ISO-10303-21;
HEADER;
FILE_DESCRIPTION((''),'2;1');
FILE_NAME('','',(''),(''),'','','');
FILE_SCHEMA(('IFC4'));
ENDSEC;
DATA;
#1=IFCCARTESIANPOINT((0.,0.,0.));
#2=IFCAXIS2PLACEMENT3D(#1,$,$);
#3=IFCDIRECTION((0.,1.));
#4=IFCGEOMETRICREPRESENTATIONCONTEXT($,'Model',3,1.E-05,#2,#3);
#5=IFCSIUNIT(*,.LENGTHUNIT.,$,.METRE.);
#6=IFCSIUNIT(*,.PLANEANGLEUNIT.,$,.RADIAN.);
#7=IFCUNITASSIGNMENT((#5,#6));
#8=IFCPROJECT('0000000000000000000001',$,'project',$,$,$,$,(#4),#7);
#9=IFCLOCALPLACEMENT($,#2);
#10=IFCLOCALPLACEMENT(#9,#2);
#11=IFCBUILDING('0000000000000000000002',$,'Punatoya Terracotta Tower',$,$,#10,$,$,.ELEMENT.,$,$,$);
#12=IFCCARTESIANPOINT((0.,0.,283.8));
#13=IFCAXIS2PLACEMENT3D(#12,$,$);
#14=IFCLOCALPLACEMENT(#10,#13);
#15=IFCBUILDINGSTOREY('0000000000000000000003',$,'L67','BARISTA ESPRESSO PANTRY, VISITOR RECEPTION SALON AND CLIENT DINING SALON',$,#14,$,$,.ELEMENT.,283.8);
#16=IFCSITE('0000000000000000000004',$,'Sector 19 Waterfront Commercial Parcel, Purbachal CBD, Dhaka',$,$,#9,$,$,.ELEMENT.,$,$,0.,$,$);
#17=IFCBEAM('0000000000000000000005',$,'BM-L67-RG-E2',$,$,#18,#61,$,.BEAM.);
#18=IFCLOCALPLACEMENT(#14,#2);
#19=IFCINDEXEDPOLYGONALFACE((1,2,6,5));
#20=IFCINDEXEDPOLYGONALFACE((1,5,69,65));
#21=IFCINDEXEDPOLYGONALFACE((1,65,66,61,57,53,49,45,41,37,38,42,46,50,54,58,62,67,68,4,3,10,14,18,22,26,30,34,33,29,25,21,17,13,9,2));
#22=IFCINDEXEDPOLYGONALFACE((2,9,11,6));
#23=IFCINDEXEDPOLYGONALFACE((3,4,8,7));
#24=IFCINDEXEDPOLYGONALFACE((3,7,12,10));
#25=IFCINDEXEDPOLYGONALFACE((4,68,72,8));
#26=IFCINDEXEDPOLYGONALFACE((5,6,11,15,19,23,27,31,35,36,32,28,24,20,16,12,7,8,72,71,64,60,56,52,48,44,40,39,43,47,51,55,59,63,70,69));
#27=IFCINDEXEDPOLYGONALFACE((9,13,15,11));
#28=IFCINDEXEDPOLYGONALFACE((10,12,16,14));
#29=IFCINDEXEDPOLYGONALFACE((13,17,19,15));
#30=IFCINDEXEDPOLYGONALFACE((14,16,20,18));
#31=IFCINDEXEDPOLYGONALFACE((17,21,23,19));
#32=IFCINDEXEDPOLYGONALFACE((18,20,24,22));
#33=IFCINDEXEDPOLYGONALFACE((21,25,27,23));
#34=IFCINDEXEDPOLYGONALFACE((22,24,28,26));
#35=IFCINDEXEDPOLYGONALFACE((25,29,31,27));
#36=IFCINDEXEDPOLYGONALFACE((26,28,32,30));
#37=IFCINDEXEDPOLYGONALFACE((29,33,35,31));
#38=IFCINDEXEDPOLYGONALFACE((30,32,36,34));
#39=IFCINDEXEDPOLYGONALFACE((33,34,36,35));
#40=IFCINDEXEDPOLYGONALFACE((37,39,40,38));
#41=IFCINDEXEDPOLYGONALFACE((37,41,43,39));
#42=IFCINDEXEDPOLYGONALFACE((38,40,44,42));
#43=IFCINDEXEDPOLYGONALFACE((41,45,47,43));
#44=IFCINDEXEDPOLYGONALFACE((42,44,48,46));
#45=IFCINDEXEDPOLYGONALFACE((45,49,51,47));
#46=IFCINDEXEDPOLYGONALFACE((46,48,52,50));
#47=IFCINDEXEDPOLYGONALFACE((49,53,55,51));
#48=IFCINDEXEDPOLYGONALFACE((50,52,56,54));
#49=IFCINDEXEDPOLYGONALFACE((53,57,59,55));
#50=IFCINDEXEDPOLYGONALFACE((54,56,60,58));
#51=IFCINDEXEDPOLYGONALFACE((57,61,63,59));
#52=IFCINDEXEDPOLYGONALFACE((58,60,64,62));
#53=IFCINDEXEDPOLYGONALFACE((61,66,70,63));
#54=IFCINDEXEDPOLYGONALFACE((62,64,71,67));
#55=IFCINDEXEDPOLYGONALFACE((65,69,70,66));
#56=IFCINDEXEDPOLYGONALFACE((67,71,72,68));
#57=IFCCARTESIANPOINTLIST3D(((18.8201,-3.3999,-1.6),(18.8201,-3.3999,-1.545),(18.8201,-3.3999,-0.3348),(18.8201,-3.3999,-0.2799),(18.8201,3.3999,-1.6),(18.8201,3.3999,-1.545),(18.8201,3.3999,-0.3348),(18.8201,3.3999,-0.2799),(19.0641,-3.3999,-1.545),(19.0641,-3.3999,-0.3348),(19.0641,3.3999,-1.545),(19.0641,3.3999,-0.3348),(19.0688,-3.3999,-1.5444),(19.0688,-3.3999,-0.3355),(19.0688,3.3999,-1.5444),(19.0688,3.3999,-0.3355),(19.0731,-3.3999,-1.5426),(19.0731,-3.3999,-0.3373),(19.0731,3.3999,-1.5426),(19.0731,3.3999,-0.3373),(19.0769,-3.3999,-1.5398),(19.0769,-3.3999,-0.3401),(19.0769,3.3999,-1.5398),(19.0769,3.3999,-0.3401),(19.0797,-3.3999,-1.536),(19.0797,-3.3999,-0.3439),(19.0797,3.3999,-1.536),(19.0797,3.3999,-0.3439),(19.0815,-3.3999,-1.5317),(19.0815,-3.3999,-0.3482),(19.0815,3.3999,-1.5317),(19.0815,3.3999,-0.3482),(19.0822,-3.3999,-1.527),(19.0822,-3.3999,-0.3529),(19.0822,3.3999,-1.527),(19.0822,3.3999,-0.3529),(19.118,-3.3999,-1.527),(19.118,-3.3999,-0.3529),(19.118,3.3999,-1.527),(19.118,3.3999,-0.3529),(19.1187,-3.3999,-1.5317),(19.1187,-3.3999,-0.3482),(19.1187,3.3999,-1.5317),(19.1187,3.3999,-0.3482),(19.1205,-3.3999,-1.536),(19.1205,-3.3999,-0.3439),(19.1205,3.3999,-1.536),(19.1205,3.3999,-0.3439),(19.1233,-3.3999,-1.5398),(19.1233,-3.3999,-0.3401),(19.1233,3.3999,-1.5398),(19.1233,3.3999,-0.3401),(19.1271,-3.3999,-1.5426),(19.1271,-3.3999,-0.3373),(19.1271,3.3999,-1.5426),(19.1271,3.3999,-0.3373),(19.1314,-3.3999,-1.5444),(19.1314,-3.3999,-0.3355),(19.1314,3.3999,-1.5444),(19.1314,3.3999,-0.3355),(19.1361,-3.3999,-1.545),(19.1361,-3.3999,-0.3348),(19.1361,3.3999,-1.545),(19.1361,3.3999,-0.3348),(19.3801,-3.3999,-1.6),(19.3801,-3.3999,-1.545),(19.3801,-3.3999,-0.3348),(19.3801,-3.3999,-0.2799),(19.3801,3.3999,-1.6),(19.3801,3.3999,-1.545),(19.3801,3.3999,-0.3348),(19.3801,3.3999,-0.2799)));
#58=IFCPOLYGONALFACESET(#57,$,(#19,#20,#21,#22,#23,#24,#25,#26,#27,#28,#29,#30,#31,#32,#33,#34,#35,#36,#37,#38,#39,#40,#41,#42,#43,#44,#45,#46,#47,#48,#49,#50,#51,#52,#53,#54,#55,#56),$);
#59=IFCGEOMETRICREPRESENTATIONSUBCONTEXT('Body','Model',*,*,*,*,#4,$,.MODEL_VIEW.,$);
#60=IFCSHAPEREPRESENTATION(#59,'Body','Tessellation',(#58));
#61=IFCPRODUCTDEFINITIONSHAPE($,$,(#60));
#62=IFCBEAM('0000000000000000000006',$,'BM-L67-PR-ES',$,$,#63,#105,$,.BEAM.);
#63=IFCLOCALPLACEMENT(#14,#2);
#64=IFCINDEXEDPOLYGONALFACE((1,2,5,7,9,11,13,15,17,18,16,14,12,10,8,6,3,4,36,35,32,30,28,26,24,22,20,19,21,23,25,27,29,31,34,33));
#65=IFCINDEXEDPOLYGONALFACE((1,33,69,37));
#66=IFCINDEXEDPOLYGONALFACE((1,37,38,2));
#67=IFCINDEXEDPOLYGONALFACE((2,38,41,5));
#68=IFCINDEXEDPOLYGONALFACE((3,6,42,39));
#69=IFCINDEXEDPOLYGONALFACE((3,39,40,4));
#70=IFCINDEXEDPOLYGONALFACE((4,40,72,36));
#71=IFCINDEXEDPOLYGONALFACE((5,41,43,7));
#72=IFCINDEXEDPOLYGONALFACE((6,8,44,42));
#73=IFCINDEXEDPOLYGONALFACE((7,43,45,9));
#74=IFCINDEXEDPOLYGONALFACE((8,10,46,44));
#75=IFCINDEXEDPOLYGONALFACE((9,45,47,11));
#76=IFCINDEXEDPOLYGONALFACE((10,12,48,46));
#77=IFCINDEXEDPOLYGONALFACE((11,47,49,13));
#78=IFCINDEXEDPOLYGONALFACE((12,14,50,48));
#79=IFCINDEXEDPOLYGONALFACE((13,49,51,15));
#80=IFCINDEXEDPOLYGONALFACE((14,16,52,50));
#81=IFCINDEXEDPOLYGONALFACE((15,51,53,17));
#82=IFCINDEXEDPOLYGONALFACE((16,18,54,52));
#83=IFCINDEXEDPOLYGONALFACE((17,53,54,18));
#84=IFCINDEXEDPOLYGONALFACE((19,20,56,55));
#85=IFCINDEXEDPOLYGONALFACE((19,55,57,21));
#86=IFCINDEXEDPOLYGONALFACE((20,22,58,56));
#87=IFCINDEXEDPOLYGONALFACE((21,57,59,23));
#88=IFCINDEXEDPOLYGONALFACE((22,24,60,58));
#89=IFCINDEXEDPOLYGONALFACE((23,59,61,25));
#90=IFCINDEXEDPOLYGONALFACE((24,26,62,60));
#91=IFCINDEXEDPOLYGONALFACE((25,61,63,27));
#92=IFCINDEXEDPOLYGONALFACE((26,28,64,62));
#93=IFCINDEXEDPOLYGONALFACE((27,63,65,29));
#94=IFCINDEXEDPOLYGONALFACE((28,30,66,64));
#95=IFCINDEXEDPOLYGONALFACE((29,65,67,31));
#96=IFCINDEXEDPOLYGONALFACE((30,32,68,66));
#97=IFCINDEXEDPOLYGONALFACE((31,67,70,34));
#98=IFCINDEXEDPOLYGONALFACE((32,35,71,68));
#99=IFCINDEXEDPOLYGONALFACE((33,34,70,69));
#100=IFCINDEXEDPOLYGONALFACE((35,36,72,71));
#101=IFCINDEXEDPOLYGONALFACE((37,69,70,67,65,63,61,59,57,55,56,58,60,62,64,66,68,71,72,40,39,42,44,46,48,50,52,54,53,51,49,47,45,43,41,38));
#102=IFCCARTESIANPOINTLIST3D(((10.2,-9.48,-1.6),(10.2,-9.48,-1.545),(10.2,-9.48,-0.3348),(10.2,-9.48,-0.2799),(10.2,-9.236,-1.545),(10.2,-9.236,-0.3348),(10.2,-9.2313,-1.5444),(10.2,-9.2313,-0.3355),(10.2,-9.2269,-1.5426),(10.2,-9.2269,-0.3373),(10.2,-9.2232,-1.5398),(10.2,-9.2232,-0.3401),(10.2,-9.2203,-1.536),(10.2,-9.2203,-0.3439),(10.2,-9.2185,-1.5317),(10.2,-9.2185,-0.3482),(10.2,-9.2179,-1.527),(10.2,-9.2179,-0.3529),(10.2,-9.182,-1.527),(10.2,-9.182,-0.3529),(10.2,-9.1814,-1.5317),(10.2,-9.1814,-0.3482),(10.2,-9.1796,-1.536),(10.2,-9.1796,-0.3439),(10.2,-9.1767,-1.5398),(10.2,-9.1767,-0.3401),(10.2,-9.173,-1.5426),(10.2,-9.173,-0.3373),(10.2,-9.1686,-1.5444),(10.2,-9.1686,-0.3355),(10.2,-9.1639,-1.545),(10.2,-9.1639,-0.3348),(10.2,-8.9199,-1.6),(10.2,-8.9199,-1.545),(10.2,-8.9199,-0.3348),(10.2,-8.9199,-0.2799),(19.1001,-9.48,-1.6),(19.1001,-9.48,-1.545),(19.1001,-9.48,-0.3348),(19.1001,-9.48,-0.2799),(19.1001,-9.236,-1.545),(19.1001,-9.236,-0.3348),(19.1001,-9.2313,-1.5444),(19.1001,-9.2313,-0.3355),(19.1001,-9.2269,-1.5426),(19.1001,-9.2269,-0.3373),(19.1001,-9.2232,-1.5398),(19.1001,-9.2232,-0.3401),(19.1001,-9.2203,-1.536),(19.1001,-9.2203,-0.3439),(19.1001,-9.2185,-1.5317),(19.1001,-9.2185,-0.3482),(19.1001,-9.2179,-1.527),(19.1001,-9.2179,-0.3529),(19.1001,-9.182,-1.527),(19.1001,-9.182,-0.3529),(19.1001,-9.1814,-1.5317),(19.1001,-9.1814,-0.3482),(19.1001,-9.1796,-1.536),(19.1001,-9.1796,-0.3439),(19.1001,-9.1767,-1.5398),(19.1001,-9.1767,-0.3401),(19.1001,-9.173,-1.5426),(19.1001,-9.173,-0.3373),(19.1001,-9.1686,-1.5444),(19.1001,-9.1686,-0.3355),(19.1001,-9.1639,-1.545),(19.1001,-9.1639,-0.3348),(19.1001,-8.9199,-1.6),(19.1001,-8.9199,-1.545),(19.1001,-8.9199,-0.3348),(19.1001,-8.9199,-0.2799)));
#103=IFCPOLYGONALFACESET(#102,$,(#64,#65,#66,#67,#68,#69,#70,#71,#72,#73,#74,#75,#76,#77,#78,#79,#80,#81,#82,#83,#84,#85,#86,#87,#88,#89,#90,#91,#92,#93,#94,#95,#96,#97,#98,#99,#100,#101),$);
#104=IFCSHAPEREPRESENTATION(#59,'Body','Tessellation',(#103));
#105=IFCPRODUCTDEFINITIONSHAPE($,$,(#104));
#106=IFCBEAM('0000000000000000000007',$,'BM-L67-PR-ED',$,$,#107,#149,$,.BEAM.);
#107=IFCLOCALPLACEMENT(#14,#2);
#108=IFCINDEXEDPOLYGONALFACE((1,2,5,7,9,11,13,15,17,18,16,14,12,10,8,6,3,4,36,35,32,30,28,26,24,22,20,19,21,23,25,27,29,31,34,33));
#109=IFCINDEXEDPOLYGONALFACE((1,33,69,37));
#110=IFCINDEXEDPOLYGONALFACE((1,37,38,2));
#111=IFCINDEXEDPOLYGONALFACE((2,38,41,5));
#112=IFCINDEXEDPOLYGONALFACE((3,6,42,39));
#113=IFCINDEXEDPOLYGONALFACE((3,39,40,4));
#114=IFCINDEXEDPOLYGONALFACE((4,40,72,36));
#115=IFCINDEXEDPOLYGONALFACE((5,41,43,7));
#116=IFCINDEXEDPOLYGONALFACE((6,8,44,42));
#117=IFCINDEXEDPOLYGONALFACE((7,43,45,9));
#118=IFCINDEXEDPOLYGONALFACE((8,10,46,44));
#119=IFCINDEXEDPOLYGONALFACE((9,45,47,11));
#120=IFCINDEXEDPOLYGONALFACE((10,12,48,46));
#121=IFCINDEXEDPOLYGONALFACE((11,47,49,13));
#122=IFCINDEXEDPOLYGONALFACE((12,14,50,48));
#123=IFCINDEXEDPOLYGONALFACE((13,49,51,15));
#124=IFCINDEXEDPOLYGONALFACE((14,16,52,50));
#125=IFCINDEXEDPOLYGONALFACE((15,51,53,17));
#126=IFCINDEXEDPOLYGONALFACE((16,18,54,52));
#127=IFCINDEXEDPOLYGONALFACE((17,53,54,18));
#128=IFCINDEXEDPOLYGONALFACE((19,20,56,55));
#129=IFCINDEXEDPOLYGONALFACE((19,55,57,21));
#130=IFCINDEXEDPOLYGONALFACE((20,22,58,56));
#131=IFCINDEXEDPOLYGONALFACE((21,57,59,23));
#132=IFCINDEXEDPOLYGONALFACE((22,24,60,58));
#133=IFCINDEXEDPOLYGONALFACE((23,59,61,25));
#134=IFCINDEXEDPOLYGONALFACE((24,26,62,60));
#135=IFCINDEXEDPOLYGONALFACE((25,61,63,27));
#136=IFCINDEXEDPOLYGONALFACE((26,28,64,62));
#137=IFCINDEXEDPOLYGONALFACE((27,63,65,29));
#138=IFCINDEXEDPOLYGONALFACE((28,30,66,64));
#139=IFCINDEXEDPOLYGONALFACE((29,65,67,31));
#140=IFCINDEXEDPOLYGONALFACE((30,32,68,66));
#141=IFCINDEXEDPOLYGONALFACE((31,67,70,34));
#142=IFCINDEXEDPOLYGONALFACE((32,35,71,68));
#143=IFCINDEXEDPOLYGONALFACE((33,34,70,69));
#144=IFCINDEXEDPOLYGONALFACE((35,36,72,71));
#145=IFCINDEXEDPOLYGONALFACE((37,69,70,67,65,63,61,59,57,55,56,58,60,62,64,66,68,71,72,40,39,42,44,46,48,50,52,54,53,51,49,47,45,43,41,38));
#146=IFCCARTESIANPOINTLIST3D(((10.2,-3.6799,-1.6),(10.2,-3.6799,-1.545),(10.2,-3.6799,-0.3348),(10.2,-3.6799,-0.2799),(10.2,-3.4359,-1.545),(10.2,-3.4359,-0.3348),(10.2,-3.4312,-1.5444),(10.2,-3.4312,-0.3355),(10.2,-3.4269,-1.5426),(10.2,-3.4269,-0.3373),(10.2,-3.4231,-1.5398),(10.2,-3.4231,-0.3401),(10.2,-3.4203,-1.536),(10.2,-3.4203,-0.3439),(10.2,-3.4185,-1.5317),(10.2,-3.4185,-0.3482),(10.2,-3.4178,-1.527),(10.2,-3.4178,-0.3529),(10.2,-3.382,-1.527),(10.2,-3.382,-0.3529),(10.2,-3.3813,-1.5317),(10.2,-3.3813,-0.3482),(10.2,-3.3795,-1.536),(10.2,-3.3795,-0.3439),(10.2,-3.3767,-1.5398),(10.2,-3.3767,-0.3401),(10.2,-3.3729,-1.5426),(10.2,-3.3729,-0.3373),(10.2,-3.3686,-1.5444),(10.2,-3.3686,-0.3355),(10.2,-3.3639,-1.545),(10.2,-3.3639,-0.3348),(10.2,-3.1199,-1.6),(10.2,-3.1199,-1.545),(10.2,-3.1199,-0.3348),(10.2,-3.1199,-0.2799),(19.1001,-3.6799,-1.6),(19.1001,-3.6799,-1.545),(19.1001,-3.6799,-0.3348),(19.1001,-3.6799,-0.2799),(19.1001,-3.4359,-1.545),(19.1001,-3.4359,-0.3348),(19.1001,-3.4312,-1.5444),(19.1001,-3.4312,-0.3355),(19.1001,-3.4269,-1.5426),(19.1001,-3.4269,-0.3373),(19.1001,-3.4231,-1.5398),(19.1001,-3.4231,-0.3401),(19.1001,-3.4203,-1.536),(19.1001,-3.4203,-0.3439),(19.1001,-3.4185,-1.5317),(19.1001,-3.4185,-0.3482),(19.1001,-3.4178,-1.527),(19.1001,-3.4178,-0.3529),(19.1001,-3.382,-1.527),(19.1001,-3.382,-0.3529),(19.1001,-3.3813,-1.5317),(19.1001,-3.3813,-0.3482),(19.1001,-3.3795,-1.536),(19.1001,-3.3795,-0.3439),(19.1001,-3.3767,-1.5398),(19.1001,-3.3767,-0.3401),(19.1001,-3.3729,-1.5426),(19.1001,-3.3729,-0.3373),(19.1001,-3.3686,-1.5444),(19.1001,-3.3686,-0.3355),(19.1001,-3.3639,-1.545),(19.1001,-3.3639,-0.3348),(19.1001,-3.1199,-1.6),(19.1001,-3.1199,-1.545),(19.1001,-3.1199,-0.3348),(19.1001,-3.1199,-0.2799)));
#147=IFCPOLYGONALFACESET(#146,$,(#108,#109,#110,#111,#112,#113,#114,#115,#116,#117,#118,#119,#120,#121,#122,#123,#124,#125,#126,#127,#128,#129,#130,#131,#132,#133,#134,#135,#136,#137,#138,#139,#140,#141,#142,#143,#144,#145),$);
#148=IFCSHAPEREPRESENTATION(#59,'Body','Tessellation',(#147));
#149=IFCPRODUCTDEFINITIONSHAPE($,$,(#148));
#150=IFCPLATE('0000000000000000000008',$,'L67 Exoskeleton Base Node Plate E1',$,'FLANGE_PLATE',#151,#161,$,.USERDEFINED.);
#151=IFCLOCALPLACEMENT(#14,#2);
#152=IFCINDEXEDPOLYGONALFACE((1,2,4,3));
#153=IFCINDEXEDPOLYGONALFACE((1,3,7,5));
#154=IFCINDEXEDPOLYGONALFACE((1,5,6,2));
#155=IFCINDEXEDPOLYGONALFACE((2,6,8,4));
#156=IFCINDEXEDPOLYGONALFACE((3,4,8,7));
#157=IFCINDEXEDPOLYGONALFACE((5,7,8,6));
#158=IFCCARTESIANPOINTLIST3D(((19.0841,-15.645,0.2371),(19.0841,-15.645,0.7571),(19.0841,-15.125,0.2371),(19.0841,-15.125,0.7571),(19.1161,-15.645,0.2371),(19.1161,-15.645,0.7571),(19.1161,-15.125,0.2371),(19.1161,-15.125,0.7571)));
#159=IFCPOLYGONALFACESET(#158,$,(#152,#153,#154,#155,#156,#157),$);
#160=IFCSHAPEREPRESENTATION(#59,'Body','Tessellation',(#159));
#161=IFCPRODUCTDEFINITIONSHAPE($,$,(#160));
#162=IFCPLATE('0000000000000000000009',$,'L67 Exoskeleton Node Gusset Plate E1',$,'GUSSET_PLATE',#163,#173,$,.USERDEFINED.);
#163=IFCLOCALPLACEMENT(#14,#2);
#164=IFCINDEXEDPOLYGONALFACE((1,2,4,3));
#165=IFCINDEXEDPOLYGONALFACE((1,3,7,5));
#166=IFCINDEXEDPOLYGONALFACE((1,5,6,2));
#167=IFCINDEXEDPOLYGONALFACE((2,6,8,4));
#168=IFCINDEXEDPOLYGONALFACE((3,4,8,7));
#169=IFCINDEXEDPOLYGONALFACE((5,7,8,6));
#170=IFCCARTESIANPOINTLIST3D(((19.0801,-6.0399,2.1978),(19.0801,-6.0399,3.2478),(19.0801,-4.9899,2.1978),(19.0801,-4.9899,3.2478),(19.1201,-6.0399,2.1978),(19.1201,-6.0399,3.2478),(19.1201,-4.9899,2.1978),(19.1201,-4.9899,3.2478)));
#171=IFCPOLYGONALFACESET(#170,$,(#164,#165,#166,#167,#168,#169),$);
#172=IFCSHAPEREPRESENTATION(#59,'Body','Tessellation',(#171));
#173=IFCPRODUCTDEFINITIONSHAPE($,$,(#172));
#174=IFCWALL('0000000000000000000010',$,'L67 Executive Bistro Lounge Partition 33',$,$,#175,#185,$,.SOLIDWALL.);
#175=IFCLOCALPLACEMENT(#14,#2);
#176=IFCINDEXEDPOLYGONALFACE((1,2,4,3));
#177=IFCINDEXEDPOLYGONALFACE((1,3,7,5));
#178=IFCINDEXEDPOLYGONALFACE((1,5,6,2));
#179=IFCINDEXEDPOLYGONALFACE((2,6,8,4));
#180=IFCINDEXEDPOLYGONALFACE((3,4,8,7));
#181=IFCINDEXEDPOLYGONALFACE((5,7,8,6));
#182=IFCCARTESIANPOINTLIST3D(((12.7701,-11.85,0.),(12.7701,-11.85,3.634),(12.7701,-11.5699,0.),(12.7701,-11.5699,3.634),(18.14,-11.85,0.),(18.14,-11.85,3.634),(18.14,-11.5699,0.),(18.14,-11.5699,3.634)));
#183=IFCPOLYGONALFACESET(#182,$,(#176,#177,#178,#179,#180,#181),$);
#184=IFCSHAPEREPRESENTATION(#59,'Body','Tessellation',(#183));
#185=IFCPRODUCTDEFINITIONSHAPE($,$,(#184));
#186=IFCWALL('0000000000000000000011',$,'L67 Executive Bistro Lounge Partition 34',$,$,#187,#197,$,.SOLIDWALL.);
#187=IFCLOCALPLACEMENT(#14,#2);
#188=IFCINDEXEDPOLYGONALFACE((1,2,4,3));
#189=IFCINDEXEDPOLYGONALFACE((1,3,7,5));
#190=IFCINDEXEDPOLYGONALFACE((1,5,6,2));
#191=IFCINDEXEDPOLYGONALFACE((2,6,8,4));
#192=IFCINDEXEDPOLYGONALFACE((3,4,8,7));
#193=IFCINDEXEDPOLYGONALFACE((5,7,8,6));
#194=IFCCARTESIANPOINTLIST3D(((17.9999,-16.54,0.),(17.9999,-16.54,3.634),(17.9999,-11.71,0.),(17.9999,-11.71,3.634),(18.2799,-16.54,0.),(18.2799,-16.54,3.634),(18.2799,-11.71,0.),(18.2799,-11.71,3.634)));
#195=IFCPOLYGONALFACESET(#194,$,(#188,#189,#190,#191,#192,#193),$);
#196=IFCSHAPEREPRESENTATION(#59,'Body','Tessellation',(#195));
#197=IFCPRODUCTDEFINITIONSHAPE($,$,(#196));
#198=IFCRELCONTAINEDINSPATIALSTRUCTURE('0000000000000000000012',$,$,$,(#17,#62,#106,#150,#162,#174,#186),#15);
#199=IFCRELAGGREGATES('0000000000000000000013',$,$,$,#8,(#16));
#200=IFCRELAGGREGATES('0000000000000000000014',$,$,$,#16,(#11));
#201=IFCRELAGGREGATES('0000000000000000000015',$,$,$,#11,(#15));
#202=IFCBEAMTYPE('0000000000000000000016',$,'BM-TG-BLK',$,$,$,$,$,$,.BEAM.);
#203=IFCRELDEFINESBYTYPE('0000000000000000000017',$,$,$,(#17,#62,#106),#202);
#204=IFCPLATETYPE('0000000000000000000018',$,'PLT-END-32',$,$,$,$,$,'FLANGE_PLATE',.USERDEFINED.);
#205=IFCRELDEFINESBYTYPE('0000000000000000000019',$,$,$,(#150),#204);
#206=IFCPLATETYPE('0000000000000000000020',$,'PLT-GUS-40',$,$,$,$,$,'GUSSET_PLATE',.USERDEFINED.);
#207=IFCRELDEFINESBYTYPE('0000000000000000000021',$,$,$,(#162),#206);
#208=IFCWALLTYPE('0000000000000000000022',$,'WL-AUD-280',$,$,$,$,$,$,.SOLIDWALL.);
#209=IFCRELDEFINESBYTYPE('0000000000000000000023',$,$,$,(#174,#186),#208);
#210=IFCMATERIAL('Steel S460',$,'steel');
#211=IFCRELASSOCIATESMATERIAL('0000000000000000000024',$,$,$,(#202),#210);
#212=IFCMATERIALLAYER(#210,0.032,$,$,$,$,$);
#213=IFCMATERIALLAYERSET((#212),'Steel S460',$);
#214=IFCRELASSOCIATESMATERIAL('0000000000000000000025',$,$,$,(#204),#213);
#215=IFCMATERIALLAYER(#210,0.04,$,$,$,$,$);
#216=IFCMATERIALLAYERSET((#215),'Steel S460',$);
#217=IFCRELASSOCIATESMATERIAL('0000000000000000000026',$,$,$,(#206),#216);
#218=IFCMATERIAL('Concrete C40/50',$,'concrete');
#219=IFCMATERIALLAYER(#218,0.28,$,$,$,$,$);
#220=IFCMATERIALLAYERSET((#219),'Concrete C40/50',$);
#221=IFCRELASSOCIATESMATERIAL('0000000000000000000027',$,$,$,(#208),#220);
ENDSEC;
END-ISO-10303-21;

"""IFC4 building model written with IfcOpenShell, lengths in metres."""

from ifc_helpers import new_model, si_unit, direction, frame, frame_2d, origin, origin_2d, place, context, subcontext, project, spatial, rectangle, i_section, extrude, material, layer, layer_set, material_profile, profile_set, type_object, element, save


model = new_model("IFC4")

# Units and contexts
model_context = context("Model", 3, precision=1e-05, world=origin(), true_north=direction((0.0, 1.0)))
body_context = subcontext(model_context, "Body", "Model", "MODEL_VIEW")
ifc_project = project(units=[si_unit("LENGTHUNIT", "METRE"), si_unit("PLANEANGLEUNIT", "RADIAN")], contexts=[model_context])

# Site, building, storey
site_placement = place(None, origin())
site = spatial("IfcSite", under=ifc_project, at=site_placement, Name="Sector 19 Waterfront Commercial Parcel, Purbachal CBD, Dhaka", CompositionType="ELEMENT", RefElevation=0.0)
building_placement = place(site_placement, origin())
building = spatial("IfcBuilding", under=site, at=building_placement, Name="Punatoya Terracotta Tower", CompositionType="ELEMENT")
storey_placement = place(building_placement, frame((0.0, 0.0, 283.8)))
storey = spatial("IfcBuildingStorey", under=building, at=storey_placement, Name="L67", Description="BARISTA ESPRESSO PANTRY, VISITOR RECEPTION SALON AND CLIENT DINING SALON", CompositionType="ELEMENT", Elevation=283.8)

# Shared definitions
ifc_material_1 = material(Name="Steel S460", Category="steel")

# Beams
ifc_material_profile_1 = material_profile(ifc_material_1, i_section(OverallWidth=0.5601, OverallDepth=1.3201, WebThickness=0.0359, FlangeThickness=0.0549, FilletRadius=0.0181, at=origin_2d()))
ifc_profile_set_1 = profile_set([ifc_material_profile_1], Name="Steel S460")
beam_type_1 = type_object("IfcBeamType", Name="BM-TG-BLK", PredefinedType="BEAM", material=ifc_profile_set_1)
beam_1_placement = place(storey_placement, frame((19.1001, -3.3999, -0.9399), z_axis=(0.0, 1.0, 0.0), x_axis=(-1.0, 0.0, 0.0)))
element("IfcBeam", 1, at=beam_1_placement, inside=storey, type_object=beam_type_1, Name="BM-L67-RG-E2", PredefinedType="BEAM", context=body_context, shape_type="SweptSolid", body=[
    extrude(i_section(OverallWidth=0.5601, OverallDepth=1.3201, WebThickness=0.0359, FlangeThickness=0.0549, FilletRadius=0.0181, at=origin_2d()), origin(), (0.0, 0.0, 1.0), 6.7998),
])
for number, where, z_axis, x_axis, name in (
    (2, (10.2, -9.2, -0.9399), (1.0, 0.0, 0.0), (0.0, 1.0, 0.0), "BM-L67-PR-ES"),
    (3, (10.2, -3.3999, -0.9399), (1.0, 0.0, 0.0), (0.0, 1.0, 0.0), "BM-L67-PR-ED"),
):
    element("IfcBeam", number, at=place(storey_placement, frame(where, z_axis=z_axis, x_axis=x_axis)), inside=storey, type_object=beam_type_1, Name=name, PredefinedType="BEAM", context=body_context, shape_type="SweptSolid", body=[
        extrude(i_section(OverallWidth=0.5601, OverallDepth=1.3201, WebThickness=0.0359, FlangeThickness=0.0549, FilletRadius=0.0181, at=origin_2d()), origin(), (0.0, 0.0, 1.0), 8.9001),
    ])

# Plates
ifc_layer_1 = layer(ifc_material_1, 0.032)
ifc_layer_set_1 = layer_set([ifc_layer_1], Name="Steel S460")
plate_type_1 = type_object("IfcPlateType", Name="PLT-END-32", ElementType="FLANGE_PLATE", PredefinedType="USERDEFINED", material=ifc_layer_set_1)
plate_1_placement = place(storey_placement, frame((19.1001, -15.385, 0.2371), z_axis=(0.0, 0.0, 1.0), x_axis=(0.0, 1.0, 0.0)))
element("IfcPlate", 4, at=plate_1_placement, inside=storey, type_object=plate_type_1, Name="L67 Exoskeleton Base Node Plate E1", ObjectType="FLANGE_PLATE", PredefinedType="USERDEFINED", context=body_context, shape_type="SweptSolid", body=[
    extrude(rectangle(XDim=0.52, YDim=0.032, at=origin_2d()), origin(), (0.0, 0.0, 1.0), 0.52),
])
ifc_layer_2 = layer(ifc_material_1, 0.04)
ifc_layer_set_2 = layer_set([ifc_layer_2], Name="Steel S460")
plate_type_2 = type_object("IfcPlateType", Name="PLT-GUS-40", ElementType="GUSSET_PLATE", PredefinedType="USERDEFINED", material=ifc_layer_set_2)
plate_2_placement = place(storey_placement, frame((19.1001, -5.5149, 2.1978), z_axis=(0.0, 0.0, 1.0), x_axis=(0.0, 1.0, 0.0)))
element("IfcPlate", 5, at=plate_2_placement, inside=storey, type_object=plate_type_2, Name="L67 Exoskeleton Node Gusset Plate E1", ObjectType="GUSSET_PLATE", PredefinedType="USERDEFINED", context=body_context, shape_type="SweptSolid", body=[
    extrude(rectangle(XDim=1.05, YDim=0.04, at=origin_2d()), origin(), (0.0, 0.0, 1.0), 1.05),
])

# Walls
ifc_material_2 = material(Name="Concrete C40/50", Category="concrete")
ifc_layer_3 = layer(ifc_material_2, 0.28)
ifc_layer_set_3 = layer_set([ifc_layer_3], Name="Concrete C40/50")
wall_type_1 = type_object("IfcWallType", Name="WL-AUD-280", PredefinedType="SOLIDWALL", material=ifc_layer_set_3)
wall_1_placement = place(storey_placement, frame((12.77, -11.71, 0.0), z_axis=(0.0, 0.0, 1.0), x_axis=(1.0, 0.0, 0.0)))
element("IfcWall", 6, at=wall_1_placement, inside=storey, type_object=wall_type_1, Name="L67 Executive Bistro Lounge Partition 33", PredefinedType="SOLIDWALL", context=body_context, shape_type="SweptSolid", body=[
    extrude(rectangle(XDim=5.3699, YDim=0.28, at=frame_2d((2.6851, 0.0))), origin(), (0.0, 0.0, 1.0), 3.634),
])
wall_2_placement = place(storey_placement, frame((18.1399, -11.71, 0.0), z_axis=(0.0, 0.0, 1.0), x_axis=(0.0, -1.0, 0.0)))
element("IfcWall", 7, at=wall_2_placement, inside=storey, type_object=wall_type_1, Name="L67 Executive Bistro Lounge Partition 34", PredefinedType="SOLIDWALL", context=body_context, shape_type="SweptSolid", body=[
    extrude(rectangle(XDim=4.8301, YDim=0.28, at=frame_2d((2.415, 0.0))), origin(), (0.0, 0.0, 1.0), 3.634),
])

save(model, "model.ifc")
